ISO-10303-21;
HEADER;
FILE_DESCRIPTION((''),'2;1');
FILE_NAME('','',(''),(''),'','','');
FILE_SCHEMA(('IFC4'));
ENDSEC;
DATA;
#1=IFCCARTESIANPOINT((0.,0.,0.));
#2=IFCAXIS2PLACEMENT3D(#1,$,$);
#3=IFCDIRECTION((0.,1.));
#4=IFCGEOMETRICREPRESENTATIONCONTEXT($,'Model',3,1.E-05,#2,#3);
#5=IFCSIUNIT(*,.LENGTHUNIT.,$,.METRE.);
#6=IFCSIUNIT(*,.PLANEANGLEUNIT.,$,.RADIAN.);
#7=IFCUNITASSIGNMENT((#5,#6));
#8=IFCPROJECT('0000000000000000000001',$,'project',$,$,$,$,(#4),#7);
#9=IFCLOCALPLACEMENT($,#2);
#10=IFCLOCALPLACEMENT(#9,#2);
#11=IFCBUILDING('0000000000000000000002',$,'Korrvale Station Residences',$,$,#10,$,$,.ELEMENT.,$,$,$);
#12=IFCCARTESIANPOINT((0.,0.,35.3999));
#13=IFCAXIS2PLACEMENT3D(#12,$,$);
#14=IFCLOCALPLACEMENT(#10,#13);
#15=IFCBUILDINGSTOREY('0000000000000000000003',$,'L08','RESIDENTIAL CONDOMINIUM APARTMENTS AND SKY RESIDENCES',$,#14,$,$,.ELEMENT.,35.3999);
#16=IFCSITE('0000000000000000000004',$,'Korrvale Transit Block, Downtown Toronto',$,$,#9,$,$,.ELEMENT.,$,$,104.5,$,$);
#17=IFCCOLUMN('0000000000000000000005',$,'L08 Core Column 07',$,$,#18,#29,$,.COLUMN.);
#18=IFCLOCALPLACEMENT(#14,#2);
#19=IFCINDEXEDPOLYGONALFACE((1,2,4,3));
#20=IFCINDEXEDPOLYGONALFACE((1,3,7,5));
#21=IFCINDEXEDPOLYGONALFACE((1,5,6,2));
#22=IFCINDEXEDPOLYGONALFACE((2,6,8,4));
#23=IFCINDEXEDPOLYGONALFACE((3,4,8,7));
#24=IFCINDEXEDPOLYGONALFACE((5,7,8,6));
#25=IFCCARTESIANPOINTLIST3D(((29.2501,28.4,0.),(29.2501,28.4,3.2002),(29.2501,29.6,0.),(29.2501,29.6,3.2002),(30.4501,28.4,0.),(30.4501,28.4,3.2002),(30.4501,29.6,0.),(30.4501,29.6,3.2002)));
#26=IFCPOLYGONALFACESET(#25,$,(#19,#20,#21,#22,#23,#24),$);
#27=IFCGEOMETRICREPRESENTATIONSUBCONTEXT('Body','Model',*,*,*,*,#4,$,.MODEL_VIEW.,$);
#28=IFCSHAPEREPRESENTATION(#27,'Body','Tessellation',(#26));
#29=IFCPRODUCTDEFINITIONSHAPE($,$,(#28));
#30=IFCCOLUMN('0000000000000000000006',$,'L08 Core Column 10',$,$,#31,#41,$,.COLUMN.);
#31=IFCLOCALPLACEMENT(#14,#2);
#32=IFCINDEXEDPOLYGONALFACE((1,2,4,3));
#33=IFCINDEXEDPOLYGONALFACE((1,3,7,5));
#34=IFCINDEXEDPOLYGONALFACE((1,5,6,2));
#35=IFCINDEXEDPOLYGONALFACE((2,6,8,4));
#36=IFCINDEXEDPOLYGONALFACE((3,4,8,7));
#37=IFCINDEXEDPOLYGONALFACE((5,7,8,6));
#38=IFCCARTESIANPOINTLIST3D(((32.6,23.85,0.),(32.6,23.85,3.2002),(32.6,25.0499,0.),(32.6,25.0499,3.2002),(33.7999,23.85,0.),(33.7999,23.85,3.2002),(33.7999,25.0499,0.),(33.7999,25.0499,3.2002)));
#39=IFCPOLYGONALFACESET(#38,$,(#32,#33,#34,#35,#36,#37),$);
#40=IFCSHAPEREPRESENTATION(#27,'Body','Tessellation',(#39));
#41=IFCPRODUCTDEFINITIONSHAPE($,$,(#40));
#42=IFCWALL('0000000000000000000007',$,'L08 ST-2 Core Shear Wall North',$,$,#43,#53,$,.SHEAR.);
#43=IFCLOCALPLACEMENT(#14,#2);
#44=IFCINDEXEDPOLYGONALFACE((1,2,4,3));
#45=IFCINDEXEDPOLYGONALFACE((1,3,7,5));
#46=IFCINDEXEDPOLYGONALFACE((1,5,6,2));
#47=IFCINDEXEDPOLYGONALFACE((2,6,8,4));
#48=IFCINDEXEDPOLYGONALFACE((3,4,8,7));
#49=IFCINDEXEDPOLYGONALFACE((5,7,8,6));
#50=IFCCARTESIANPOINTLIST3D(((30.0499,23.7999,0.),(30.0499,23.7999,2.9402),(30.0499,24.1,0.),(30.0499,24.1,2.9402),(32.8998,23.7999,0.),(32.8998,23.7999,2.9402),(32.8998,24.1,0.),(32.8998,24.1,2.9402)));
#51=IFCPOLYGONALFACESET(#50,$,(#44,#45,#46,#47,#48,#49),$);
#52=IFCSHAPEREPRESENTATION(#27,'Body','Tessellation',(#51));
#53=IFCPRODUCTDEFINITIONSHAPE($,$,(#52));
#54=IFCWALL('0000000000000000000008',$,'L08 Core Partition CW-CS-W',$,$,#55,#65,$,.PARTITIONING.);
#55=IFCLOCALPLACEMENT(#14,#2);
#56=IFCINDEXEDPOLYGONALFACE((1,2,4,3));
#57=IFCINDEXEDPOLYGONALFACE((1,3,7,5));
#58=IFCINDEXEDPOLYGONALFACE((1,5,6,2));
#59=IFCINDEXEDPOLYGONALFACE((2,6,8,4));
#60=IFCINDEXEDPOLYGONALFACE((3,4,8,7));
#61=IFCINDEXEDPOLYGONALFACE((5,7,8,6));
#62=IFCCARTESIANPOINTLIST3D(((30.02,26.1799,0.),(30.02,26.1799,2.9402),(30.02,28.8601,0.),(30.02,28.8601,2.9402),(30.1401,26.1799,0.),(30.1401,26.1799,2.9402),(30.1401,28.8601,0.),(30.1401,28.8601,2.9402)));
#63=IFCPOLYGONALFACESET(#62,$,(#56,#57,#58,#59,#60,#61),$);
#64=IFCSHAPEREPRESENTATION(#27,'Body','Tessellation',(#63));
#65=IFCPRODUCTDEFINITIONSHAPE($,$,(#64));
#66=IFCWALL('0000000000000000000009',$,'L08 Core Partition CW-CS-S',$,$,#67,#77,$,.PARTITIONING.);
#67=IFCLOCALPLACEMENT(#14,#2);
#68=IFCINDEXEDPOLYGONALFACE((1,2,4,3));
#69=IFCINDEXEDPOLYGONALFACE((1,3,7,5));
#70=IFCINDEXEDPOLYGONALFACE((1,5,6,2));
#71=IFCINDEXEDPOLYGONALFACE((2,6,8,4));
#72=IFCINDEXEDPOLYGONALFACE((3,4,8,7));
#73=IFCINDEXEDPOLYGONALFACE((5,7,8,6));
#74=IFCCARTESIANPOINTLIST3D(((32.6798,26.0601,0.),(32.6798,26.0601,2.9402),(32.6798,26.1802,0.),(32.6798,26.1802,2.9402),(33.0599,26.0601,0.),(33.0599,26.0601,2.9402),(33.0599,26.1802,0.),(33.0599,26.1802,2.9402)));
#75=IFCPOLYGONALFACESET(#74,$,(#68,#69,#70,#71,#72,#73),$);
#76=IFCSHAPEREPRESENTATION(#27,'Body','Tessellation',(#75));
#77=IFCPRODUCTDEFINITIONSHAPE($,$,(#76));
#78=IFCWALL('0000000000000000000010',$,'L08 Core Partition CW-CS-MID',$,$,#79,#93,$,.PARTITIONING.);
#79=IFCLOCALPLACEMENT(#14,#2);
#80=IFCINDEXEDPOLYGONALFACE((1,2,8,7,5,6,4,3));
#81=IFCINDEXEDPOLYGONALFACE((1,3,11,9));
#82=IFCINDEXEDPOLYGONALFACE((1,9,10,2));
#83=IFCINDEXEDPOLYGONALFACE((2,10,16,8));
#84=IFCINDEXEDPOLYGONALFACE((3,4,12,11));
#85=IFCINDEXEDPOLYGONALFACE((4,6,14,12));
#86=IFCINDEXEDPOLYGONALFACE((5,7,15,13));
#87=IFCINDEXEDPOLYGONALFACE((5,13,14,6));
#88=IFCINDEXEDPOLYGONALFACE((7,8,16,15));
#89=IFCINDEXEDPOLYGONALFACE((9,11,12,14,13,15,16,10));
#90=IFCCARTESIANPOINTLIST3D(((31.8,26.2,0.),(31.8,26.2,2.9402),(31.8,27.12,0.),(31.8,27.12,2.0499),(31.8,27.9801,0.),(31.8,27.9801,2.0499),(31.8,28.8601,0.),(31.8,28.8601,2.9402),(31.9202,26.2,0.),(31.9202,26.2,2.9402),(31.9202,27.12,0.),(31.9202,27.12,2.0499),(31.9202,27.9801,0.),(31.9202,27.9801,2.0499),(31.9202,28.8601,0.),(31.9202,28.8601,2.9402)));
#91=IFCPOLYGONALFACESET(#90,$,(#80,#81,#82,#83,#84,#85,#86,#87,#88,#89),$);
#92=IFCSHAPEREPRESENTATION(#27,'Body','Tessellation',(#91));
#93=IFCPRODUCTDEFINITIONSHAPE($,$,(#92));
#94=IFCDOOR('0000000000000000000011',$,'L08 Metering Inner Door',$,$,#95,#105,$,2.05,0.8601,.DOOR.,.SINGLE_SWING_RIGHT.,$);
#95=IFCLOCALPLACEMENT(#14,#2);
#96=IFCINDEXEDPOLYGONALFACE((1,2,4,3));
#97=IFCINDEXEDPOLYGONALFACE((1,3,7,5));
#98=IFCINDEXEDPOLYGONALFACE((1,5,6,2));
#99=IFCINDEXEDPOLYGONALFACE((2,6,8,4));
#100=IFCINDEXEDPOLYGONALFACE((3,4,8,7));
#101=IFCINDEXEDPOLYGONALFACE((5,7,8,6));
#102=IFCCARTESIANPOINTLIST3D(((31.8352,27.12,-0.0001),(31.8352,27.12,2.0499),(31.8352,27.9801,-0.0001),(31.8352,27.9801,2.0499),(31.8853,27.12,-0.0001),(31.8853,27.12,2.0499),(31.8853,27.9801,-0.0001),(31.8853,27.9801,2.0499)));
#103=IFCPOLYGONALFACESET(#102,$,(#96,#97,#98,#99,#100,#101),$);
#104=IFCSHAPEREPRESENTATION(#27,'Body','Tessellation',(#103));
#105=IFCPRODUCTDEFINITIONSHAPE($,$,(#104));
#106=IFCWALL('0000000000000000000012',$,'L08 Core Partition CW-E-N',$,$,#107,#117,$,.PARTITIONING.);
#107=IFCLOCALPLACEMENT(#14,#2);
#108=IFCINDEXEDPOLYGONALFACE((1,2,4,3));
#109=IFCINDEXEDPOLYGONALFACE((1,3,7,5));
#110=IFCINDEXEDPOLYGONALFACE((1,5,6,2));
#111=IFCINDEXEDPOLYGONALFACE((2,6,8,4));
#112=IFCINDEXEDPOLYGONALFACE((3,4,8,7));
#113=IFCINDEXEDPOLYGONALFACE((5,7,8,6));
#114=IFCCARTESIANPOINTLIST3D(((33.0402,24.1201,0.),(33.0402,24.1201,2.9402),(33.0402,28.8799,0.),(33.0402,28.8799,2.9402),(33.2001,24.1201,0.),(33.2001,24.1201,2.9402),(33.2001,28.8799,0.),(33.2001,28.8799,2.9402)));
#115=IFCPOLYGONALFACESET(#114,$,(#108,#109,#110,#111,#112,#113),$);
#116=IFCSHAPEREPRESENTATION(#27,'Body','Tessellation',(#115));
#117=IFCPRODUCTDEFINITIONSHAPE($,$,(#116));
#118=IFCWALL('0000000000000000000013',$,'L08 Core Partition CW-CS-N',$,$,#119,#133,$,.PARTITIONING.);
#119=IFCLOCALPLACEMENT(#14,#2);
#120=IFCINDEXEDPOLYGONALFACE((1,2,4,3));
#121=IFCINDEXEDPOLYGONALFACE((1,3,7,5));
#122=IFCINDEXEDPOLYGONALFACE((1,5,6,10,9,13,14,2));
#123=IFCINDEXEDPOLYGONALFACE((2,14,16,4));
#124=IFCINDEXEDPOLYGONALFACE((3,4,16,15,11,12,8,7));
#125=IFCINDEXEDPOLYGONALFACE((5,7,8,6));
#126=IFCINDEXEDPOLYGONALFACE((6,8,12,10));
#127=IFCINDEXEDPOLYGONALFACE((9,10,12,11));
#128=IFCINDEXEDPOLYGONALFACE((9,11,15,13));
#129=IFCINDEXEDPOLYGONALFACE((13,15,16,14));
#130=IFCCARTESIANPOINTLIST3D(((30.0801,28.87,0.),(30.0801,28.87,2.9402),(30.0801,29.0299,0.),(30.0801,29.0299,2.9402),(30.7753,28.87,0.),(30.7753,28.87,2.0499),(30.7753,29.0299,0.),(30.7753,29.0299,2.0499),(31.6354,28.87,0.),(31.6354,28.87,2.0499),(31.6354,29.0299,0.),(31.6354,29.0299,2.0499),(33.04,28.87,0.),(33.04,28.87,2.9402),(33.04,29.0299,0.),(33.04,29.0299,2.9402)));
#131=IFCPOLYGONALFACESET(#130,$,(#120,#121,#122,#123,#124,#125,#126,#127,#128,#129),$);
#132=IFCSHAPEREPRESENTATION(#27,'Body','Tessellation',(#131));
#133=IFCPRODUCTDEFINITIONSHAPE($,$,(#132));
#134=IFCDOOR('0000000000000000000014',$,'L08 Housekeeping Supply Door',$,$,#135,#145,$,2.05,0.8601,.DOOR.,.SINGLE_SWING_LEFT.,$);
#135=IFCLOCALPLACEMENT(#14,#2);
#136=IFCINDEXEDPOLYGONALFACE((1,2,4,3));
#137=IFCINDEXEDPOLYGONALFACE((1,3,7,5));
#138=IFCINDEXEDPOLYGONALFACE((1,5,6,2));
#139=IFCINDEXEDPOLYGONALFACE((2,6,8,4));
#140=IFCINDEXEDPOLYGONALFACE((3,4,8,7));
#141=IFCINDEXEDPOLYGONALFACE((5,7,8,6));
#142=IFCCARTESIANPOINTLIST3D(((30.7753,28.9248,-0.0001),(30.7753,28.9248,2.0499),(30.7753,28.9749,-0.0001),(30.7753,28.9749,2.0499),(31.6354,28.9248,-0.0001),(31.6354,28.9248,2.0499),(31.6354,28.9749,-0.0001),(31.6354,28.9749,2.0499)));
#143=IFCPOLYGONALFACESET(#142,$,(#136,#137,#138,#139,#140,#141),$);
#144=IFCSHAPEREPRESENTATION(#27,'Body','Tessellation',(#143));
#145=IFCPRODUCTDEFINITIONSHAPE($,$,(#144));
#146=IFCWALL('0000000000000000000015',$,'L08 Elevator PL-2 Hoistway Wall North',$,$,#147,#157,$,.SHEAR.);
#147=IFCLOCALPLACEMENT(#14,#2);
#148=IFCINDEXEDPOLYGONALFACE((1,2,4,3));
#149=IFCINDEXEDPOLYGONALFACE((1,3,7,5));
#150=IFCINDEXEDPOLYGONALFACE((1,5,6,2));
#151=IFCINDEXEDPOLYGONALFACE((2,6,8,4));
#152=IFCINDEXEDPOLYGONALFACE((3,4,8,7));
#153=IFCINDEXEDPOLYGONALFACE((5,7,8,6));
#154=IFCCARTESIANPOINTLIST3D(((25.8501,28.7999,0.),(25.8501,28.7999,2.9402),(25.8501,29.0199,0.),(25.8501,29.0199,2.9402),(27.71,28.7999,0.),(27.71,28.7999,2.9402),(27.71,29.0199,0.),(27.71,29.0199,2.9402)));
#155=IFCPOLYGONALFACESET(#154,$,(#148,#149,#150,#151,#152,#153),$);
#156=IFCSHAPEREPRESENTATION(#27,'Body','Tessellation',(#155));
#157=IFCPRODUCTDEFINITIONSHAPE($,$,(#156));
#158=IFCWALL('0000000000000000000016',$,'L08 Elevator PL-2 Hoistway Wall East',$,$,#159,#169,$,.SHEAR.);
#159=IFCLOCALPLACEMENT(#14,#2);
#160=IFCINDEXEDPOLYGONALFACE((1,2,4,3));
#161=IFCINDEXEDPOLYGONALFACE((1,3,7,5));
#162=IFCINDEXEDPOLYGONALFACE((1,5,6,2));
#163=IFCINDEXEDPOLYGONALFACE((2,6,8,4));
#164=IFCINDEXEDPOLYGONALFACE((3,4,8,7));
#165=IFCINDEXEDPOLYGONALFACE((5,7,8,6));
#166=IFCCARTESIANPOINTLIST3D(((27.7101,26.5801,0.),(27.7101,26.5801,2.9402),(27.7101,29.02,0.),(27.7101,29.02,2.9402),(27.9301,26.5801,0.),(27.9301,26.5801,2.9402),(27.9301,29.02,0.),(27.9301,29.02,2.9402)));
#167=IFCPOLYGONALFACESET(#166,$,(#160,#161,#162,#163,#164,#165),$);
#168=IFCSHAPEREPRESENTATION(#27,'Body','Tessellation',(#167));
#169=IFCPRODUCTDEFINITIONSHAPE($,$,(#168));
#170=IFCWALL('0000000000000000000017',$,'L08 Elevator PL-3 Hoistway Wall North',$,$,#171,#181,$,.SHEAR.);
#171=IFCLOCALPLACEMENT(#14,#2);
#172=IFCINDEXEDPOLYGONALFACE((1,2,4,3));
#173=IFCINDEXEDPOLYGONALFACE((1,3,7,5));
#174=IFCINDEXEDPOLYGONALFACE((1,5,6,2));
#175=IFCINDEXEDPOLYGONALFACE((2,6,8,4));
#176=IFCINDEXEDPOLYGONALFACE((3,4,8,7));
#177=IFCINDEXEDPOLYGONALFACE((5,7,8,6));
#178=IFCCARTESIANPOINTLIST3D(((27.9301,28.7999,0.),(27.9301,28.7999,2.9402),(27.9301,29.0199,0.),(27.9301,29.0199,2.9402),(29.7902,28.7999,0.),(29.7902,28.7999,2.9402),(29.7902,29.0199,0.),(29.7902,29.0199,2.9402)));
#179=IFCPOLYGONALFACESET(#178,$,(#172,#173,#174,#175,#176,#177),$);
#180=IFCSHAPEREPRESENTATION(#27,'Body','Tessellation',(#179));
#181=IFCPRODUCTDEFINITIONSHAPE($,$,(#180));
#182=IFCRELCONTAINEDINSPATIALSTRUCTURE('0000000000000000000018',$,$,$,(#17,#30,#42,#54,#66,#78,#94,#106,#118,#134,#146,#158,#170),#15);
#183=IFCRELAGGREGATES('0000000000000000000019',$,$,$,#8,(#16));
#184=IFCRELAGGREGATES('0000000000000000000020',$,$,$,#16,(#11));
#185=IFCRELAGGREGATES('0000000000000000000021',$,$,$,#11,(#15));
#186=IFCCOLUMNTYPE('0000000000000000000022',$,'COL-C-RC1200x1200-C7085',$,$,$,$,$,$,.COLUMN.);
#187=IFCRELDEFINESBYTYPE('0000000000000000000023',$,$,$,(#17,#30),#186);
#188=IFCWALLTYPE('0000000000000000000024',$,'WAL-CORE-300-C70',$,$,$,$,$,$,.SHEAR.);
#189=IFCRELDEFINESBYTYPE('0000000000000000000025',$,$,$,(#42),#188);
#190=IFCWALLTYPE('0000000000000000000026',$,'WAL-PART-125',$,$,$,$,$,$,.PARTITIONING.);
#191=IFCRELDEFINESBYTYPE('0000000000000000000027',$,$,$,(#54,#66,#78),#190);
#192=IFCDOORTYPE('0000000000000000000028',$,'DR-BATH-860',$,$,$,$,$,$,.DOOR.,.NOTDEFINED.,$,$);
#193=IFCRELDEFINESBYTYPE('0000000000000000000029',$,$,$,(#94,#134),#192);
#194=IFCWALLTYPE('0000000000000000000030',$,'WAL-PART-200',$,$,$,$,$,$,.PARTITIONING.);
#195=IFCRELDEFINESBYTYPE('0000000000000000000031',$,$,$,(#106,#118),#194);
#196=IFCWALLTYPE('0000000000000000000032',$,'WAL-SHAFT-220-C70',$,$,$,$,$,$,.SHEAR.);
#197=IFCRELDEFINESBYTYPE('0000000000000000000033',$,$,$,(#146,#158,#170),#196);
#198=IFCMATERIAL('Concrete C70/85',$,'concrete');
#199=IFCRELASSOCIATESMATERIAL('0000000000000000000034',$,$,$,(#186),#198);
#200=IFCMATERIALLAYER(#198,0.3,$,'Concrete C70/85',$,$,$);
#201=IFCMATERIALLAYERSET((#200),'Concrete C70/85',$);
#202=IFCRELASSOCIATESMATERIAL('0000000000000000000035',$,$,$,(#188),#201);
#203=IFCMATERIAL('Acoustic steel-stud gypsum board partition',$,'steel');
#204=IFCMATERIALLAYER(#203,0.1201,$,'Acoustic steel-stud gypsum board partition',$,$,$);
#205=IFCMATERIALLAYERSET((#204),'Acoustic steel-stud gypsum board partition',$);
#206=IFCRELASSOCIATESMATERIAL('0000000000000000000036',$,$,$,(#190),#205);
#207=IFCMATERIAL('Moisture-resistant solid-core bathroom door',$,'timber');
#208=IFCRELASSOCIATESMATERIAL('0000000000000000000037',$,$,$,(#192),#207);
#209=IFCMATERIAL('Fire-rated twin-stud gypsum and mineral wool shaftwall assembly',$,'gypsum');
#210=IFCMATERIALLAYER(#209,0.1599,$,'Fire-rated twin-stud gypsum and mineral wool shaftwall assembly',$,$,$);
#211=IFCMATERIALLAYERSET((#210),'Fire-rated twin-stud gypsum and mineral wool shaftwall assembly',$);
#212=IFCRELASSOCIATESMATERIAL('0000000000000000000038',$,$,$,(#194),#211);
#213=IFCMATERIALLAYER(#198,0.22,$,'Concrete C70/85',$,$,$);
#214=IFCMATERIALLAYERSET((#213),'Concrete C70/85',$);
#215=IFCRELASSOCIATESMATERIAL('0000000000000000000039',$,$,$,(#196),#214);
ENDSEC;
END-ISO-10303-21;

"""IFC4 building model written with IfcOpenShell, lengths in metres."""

from ifc_helpers import new_model, si_unit, direction, frame, frame_2d, origin, origin_2d, place, context, subcontext, project, spatial, rectangle, extrude, material, layer, layer_set, material_profile, profile_set, type_object, element, fill, save


model = new_model("IFC4")

# Units and contexts
model_context = context("Model", 3, precision=1e-05, world=origin(), true_north=direction((0.0, 1.0)))
body_context = subcontext(model_context, "Body", "Model", "MODEL_VIEW")
ifc_project = project(units=[si_unit("LENGTHUNIT", "METRE"), si_unit("PLANEANGLEUNIT", "RADIAN")], contexts=[model_context])

# Site, building, storey
site_placement = place(None, origin())
site = spatial("IfcSite", under=ifc_project, at=site_placement, Name="Korrvale Transit Block, Downtown Toronto", CompositionType="ELEMENT", RefElevation=104.5)
building_placement = place(site_placement, origin())
building = spatial("IfcBuilding", under=site, at=building_placement, Name="Korrvale Station Residences", CompositionType="ELEMENT")
storey_placement = place(building_placement, frame((0.0, 0.0, 35.3999)))
storey = spatial("IfcBuildingStorey", under=building, at=storey_placement, Name="L08", Description="RESIDENTIAL CONDOMINIUM APARTMENTS AND SKY RESIDENCES", CompositionType="ELEMENT", Elevation=35.3999)

# Columns
ifc_material_1 = material(Name="Concrete C70/85", Category="concrete")
ifc_material_profile = material_profile(ifc_material_1, rectangle(XDim=1.2, YDim=1.2, at=origin_2d()), Name="RC1200x1200")
ifc_profile_set = profile_set([ifc_material_profile], Name="Concrete C70/85")
column_type = type_object("IfcColumnType", Name="COL-C-RC1200x1200-C7085", PredefinedType="COLUMN", material=ifc_profile_set)
for number, where, z_axis, x_axis, name in (
    (1, (29.8501, 29.0, 0.0), (0.0, 0.0, 1.0), (1.0, 0.0, 0.0), "L08 Core Column 07"),
    (2, (33.2, 24.45, 0.0), (0.0, 0.0, 1.0), (1.0, 0.0, 0.0), "L08 Core Column 10"),
):
    element("IfcColumn", number, at=place(storey_placement, frame(where, z_axis=z_axis, x_axis=x_axis)), inside=storey, type_object=column_type, Name=name, PredefinedType="COLUMN", context=body_context, shape_type="SweptSolid", body=[
        extrude(rectangle(XDim=1.2, YDim=1.2, at=origin_2d()), origin(), (0.0, 0.0, 1.0), 3.2002),
    ])

# Walls
ifc_layer_1 = layer(ifc_material_1, 0.3, Name="Concrete C70/85")
ifc_layer_set_1 = layer_set([ifc_layer_1], Name="Concrete C70/85")
wall_type_1 = type_object("IfcWallType", Name="WAL-CORE-300-C70", PredefinedType="SHEAR", material=ifc_layer_set_1)
wall_1_placement = place(storey_placement, frame((30.05, 23.95, 0.0), z_axis=(0.0, 0.0, 1.0), x_axis=(1.0, 0.0, 0.0)))
element("IfcWall", 3, at=wall_1_placement, inside=storey, type_object=wall_type_1, Name="L08 ST-2 Core Shear Wall North", PredefinedType="SHEAR", context=body_context, shape_type="SweptSolid", body=[
    extrude(rectangle(XDim=2.8499, YDim=0.3, at=frame_2d((1.4248, 0.0))), origin(), (0.0, 0.0, 1.0), 2.9402),
])
ifc_material_2 = material(Name="Acoustic steel-stud gypsum board partition", Category="steel")
ifc_layer_2 = layer(ifc_material_2, 0.1201, Name="Acoustic steel-stud gypsum board partition")
ifc_layer_set_2 = layer_set([ifc_layer_2], Name="Acoustic steel-stud gypsum board partition")
wall_type_2 = type_object("IfcWallType", Name="WAL-PART-125", PredefinedType="PARTITIONING", material=ifc_layer_set_2)
wall_2_placement = place(storey_placement, frame((30.0801, 26.1799, 0.0), z_axis=(0.0, 0.0, 1.0), x_axis=(0.0, 1.0, 0.0)))
element("IfcWall", 4, at=wall_2_placement, inside=storey, type_object=wall_type_2, Name="L08 Core Partition CW-CS-W", PredefinedType="PARTITIONING", context=body_context, shape_type="SweptSolid", body=[
    extrude(rectangle(XDim=2.6802, YDim=0.1201, at=frame_2d((1.3401, 0.0))), origin(), (0.0, 0.0, 1.0), 2.9402),
])
wall_3_placement = place(storey_placement, frame((32.6799, 26.1201, 0.0), z_axis=(0.0, 0.0, 1.0), x_axis=(1.0, 0.0, 0.0)))
element("IfcWall", 5, at=wall_3_placement, inside=storey, type_object=wall_type_2, Name="L08 Core Partition CW-CS-S", PredefinedType="PARTITIONING", context=body_context, shape_type="SweptSolid", body=[
    extrude(rectangle(XDim=0.3801, YDim=0.1201, at=frame_2d((0.1899, 0.0))), origin(), (0.0, 0.0, 1.0), 2.9402),
])

# Wall, opening, door
wall_4_placement = place(storey_placement, frame((31.8601, 26.2, 0.0), z_axis=(0.0, 0.0, 1.0), x_axis=(0.0, 1.0, 0.0)))
wall_4 = element("IfcWall", 6, at=wall_4_placement, inside=storey, type_object=wall_type_2, Name="L08 Core Partition CW-CS-MID", PredefinedType="PARTITIONING", context=body_context, shape_type="SweptSolid", body=[
    extrude(rectangle(XDim=2.6602, YDim=0.1201, at=frame_2d((1.3301, 0.0))), origin(), (0.0, 0.0, 1.0), 2.9402),
])
opening_1_placement = place(wall_4_placement, frame((0.9199, 0.0, 0.0)))
opening_1 = element("IfcOpeningElement", 7, at=opening_1_placement, cuts=wall_4, PredefinedType="OPENING", context=body_context, shape_type="SweptSolid", body=[
    extrude(rectangle(XDim=0.8601, YDim=2.05, at=frame_2d((0.4302, 1.0249))), frame((0.0, 0.0701, 0.0), z_axis=(0.0, -1.0, 0.0), x_axis=(1.0, 0.0, 0.0)), (0.0, 0.0, 1.0), 0.1401),
])
ifc_material_3 = material(Name="Moisture-resistant solid-core bathroom door", Category="timber")
door_type_1 = type_object("IfcDoorType", Name="DR-BATH-860", OperationType="NOTDEFINED", PredefinedType="DOOR", material=ifc_material_3)
door_1_placement = place(opening_1_placement, origin())
door_1 = element("IfcDoor", 8, at=door_1_placement, inside=storey, type_object=door_type_1, Name="L08 Metering Inner Door", OperationType="SINGLE_SWING_RIGHT", OverallHeight=2.05, OverallWidth=0.8601, PredefinedType="DOOR", context=body_context, shape_type="SweptSolid", body=[
    extrude(rectangle(XDim=0.8601, YDim=2.05, at=frame_2d((0.4302, 1.0249))), frame((0.0, 0.0249, 0.0), z_axis=(0.0, -1.0, 0.0), x_axis=(1.0, 0.0, 0.0)), (0.0, 0.0, 1.0), 0.05),
])
fill(opening_1, door_1)

# Wall
ifc_material_4 = material(Name="Fire-rated twin-stud gypsum and mineral wool shaftwall assembly", Category="gypsum")
ifc_layer_3 = layer(ifc_material_4, 0.1599, Name="Fire-rated twin-stud gypsum and mineral wool shaftwall assembly")
ifc_layer_set_3 = layer_set([ifc_layer_3], Name="Fire-rated twin-stud gypsum and mineral wool shaftwall assembly")
wall_type_3 = type_object("IfcWallType", Name="WAL-PART-200", PredefinedType="PARTITIONING", material=ifc_layer_set_3)
wall_5_placement = place(storey_placement, frame((33.1201, 24.1201, 0.0), z_axis=(0.0, 0.0, 1.0), x_axis=(0.0, 1.0, 0.0)))
element("IfcWall", 9, at=wall_5_placement, inside=storey, type_object=wall_type_3, Name="L08 Core Partition CW-E-N", PredefinedType="PARTITIONING", context=body_context, shape_type="SweptSolid", body=[
    extrude(rectangle(XDim=4.7598, YDim=0.1599, at=frame_2d((2.3799, 0.0))), origin(), (0.0, 0.0, 1.0), 2.9402),
])

# Wall, opening, door
wall_6_placement = place(storey_placement, frame((30.0801, 28.95, 0.0), z_axis=(0.0, 0.0, 1.0), x_axis=(1.0, 0.0, 0.0)))
wall_6 = element("IfcWall", 10, at=wall_6_placement, inside=storey, type_object=wall_type_3, Name="L08 Core Partition CW-CS-N", PredefinedType="PARTITIONING", context=body_context, shape_type="SweptSolid", body=[
    extrude(rectangle(XDim=2.96, YDim=0.1599, at=frame_2d((1.48, 0.0))), origin(), (0.0, 0.0, 1.0), 2.9402),
])
opening_2_placement = place(wall_6_placement, frame((0.6951, 0.0, 0.0)))
opening_2 = element("IfcOpeningElement", 11, at=opening_2_placement, cuts=wall_6, PredefinedType="OPENING", context=body_context, shape_type="SweptSolid", body=[
    extrude(rectangle(XDim=0.8601, YDim=2.05, at=frame_2d((0.4302, 1.0249))), frame((0.0, 0.0898, 0.0), z_axis=(0.0, -1.0, 0.0), x_axis=(1.0, 0.0, 0.0)), (0.0, 0.0, 1.0), 0.1799),
])
door_2_placement = place(opening_2_placement, origin())
door_2 = element("IfcDoor", 12, at=door_2_placement, inside=storey, type_object=door_type_1, Name="L08 Housekeeping Supply Door", OperationType="SINGLE_SWING_LEFT", OverallHeight=2.05, OverallWidth=0.8601, PredefinedType="DOOR", context=body_context, shape_type="SweptSolid", body=[
    extrude(rectangle(XDim=0.8601, YDim=2.05, at=frame_2d((0.4302, 1.0249))), frame((0.0, 0.0249, 0.0), z_axis=(0.0, -1.0, 0.0), x_axis=(1.0, 0.0, 0.0)), (0.0, 0.0, 1.0), 0.05),
])
fill(opening_2, door_2)
ifc_layer_4 = layer(ifc_material_1, 0.22, Name="Concrete C70/85")
ifc_layer_set_4 = layer_set([ifc_layer_4], Name="Concrete C70/85")
wall_type_4 = type_object("IfcWallType", Name="WAL-SHAFT-220-C70", PredefinedType="SHEAR", material=ifc_layer_set_4)

# Walls
wall_7_placement = place(storey_placement, frame((25.8501, 28.9099, 0.0), z_axis=(0.0, 0.0, 1.0), x_axis=(1.0, 0.0, 0.0)))
element("IfcWall", 13, at=wall_7_placement, inside=storey, type_object=wall_type_4, Name="L08 Elevator PL-2 Hoistway Wall North", PredefinedType="SHEAR", context=body_context, shape_type="SweptSolid", body=[
    extrude(rectangle(XDim=1.8599, YDim=0.22, at=frame_2d((0.9299, 0.0))), origin(), (0.0, 0.0, 1.0), 2.9402),
])
wall_8_placement = place(storey_placement, frame((27.8201, 26.5801, 0.0), z_axis=(0.0, 0.0, 1.0), x_axis=(0.0, 1.0, 0.0)))
element("IfcWall", 14, at=wall_8_placement, inside=storey, type_object=wall_type_4, Name="L08 Elevator PL-2 Hoistway Wall East", PredefinedType="SHEAR", context=body_context, shape_type="SweptSolid", body=[
    extrude(rectangle(XDim=2.4399, YDim=0.22, at=frame_2d((1.22, 0.0))), origin(), (0.0, 0.0, 1.0), 2.9402),
])

# Wall
wall_9_placement = place(storey_placement, frame((27.9299, 28.9099, 0.0), z_axis=(0.0, 0.0, 1.0), x_axis=(1.0, 0.0, 0.0)))
element("IfcWall", 15, at=wall_9_placement, inside=storey, type_object=wall_type_4, Name="L08 Elevator PL-3 Hoistway Wall North", PredefinedType="SHEAR", context=body_context, shape_type="SweptSolid", body=[
    extrude(rectangle(XDim=1.8601, YDim=0.22, at=frame_2d((0.9302, 0.0))), origin(), (0.0, 0.0, 1.0), 2.9402),
])

save(model, "model.ifc")
